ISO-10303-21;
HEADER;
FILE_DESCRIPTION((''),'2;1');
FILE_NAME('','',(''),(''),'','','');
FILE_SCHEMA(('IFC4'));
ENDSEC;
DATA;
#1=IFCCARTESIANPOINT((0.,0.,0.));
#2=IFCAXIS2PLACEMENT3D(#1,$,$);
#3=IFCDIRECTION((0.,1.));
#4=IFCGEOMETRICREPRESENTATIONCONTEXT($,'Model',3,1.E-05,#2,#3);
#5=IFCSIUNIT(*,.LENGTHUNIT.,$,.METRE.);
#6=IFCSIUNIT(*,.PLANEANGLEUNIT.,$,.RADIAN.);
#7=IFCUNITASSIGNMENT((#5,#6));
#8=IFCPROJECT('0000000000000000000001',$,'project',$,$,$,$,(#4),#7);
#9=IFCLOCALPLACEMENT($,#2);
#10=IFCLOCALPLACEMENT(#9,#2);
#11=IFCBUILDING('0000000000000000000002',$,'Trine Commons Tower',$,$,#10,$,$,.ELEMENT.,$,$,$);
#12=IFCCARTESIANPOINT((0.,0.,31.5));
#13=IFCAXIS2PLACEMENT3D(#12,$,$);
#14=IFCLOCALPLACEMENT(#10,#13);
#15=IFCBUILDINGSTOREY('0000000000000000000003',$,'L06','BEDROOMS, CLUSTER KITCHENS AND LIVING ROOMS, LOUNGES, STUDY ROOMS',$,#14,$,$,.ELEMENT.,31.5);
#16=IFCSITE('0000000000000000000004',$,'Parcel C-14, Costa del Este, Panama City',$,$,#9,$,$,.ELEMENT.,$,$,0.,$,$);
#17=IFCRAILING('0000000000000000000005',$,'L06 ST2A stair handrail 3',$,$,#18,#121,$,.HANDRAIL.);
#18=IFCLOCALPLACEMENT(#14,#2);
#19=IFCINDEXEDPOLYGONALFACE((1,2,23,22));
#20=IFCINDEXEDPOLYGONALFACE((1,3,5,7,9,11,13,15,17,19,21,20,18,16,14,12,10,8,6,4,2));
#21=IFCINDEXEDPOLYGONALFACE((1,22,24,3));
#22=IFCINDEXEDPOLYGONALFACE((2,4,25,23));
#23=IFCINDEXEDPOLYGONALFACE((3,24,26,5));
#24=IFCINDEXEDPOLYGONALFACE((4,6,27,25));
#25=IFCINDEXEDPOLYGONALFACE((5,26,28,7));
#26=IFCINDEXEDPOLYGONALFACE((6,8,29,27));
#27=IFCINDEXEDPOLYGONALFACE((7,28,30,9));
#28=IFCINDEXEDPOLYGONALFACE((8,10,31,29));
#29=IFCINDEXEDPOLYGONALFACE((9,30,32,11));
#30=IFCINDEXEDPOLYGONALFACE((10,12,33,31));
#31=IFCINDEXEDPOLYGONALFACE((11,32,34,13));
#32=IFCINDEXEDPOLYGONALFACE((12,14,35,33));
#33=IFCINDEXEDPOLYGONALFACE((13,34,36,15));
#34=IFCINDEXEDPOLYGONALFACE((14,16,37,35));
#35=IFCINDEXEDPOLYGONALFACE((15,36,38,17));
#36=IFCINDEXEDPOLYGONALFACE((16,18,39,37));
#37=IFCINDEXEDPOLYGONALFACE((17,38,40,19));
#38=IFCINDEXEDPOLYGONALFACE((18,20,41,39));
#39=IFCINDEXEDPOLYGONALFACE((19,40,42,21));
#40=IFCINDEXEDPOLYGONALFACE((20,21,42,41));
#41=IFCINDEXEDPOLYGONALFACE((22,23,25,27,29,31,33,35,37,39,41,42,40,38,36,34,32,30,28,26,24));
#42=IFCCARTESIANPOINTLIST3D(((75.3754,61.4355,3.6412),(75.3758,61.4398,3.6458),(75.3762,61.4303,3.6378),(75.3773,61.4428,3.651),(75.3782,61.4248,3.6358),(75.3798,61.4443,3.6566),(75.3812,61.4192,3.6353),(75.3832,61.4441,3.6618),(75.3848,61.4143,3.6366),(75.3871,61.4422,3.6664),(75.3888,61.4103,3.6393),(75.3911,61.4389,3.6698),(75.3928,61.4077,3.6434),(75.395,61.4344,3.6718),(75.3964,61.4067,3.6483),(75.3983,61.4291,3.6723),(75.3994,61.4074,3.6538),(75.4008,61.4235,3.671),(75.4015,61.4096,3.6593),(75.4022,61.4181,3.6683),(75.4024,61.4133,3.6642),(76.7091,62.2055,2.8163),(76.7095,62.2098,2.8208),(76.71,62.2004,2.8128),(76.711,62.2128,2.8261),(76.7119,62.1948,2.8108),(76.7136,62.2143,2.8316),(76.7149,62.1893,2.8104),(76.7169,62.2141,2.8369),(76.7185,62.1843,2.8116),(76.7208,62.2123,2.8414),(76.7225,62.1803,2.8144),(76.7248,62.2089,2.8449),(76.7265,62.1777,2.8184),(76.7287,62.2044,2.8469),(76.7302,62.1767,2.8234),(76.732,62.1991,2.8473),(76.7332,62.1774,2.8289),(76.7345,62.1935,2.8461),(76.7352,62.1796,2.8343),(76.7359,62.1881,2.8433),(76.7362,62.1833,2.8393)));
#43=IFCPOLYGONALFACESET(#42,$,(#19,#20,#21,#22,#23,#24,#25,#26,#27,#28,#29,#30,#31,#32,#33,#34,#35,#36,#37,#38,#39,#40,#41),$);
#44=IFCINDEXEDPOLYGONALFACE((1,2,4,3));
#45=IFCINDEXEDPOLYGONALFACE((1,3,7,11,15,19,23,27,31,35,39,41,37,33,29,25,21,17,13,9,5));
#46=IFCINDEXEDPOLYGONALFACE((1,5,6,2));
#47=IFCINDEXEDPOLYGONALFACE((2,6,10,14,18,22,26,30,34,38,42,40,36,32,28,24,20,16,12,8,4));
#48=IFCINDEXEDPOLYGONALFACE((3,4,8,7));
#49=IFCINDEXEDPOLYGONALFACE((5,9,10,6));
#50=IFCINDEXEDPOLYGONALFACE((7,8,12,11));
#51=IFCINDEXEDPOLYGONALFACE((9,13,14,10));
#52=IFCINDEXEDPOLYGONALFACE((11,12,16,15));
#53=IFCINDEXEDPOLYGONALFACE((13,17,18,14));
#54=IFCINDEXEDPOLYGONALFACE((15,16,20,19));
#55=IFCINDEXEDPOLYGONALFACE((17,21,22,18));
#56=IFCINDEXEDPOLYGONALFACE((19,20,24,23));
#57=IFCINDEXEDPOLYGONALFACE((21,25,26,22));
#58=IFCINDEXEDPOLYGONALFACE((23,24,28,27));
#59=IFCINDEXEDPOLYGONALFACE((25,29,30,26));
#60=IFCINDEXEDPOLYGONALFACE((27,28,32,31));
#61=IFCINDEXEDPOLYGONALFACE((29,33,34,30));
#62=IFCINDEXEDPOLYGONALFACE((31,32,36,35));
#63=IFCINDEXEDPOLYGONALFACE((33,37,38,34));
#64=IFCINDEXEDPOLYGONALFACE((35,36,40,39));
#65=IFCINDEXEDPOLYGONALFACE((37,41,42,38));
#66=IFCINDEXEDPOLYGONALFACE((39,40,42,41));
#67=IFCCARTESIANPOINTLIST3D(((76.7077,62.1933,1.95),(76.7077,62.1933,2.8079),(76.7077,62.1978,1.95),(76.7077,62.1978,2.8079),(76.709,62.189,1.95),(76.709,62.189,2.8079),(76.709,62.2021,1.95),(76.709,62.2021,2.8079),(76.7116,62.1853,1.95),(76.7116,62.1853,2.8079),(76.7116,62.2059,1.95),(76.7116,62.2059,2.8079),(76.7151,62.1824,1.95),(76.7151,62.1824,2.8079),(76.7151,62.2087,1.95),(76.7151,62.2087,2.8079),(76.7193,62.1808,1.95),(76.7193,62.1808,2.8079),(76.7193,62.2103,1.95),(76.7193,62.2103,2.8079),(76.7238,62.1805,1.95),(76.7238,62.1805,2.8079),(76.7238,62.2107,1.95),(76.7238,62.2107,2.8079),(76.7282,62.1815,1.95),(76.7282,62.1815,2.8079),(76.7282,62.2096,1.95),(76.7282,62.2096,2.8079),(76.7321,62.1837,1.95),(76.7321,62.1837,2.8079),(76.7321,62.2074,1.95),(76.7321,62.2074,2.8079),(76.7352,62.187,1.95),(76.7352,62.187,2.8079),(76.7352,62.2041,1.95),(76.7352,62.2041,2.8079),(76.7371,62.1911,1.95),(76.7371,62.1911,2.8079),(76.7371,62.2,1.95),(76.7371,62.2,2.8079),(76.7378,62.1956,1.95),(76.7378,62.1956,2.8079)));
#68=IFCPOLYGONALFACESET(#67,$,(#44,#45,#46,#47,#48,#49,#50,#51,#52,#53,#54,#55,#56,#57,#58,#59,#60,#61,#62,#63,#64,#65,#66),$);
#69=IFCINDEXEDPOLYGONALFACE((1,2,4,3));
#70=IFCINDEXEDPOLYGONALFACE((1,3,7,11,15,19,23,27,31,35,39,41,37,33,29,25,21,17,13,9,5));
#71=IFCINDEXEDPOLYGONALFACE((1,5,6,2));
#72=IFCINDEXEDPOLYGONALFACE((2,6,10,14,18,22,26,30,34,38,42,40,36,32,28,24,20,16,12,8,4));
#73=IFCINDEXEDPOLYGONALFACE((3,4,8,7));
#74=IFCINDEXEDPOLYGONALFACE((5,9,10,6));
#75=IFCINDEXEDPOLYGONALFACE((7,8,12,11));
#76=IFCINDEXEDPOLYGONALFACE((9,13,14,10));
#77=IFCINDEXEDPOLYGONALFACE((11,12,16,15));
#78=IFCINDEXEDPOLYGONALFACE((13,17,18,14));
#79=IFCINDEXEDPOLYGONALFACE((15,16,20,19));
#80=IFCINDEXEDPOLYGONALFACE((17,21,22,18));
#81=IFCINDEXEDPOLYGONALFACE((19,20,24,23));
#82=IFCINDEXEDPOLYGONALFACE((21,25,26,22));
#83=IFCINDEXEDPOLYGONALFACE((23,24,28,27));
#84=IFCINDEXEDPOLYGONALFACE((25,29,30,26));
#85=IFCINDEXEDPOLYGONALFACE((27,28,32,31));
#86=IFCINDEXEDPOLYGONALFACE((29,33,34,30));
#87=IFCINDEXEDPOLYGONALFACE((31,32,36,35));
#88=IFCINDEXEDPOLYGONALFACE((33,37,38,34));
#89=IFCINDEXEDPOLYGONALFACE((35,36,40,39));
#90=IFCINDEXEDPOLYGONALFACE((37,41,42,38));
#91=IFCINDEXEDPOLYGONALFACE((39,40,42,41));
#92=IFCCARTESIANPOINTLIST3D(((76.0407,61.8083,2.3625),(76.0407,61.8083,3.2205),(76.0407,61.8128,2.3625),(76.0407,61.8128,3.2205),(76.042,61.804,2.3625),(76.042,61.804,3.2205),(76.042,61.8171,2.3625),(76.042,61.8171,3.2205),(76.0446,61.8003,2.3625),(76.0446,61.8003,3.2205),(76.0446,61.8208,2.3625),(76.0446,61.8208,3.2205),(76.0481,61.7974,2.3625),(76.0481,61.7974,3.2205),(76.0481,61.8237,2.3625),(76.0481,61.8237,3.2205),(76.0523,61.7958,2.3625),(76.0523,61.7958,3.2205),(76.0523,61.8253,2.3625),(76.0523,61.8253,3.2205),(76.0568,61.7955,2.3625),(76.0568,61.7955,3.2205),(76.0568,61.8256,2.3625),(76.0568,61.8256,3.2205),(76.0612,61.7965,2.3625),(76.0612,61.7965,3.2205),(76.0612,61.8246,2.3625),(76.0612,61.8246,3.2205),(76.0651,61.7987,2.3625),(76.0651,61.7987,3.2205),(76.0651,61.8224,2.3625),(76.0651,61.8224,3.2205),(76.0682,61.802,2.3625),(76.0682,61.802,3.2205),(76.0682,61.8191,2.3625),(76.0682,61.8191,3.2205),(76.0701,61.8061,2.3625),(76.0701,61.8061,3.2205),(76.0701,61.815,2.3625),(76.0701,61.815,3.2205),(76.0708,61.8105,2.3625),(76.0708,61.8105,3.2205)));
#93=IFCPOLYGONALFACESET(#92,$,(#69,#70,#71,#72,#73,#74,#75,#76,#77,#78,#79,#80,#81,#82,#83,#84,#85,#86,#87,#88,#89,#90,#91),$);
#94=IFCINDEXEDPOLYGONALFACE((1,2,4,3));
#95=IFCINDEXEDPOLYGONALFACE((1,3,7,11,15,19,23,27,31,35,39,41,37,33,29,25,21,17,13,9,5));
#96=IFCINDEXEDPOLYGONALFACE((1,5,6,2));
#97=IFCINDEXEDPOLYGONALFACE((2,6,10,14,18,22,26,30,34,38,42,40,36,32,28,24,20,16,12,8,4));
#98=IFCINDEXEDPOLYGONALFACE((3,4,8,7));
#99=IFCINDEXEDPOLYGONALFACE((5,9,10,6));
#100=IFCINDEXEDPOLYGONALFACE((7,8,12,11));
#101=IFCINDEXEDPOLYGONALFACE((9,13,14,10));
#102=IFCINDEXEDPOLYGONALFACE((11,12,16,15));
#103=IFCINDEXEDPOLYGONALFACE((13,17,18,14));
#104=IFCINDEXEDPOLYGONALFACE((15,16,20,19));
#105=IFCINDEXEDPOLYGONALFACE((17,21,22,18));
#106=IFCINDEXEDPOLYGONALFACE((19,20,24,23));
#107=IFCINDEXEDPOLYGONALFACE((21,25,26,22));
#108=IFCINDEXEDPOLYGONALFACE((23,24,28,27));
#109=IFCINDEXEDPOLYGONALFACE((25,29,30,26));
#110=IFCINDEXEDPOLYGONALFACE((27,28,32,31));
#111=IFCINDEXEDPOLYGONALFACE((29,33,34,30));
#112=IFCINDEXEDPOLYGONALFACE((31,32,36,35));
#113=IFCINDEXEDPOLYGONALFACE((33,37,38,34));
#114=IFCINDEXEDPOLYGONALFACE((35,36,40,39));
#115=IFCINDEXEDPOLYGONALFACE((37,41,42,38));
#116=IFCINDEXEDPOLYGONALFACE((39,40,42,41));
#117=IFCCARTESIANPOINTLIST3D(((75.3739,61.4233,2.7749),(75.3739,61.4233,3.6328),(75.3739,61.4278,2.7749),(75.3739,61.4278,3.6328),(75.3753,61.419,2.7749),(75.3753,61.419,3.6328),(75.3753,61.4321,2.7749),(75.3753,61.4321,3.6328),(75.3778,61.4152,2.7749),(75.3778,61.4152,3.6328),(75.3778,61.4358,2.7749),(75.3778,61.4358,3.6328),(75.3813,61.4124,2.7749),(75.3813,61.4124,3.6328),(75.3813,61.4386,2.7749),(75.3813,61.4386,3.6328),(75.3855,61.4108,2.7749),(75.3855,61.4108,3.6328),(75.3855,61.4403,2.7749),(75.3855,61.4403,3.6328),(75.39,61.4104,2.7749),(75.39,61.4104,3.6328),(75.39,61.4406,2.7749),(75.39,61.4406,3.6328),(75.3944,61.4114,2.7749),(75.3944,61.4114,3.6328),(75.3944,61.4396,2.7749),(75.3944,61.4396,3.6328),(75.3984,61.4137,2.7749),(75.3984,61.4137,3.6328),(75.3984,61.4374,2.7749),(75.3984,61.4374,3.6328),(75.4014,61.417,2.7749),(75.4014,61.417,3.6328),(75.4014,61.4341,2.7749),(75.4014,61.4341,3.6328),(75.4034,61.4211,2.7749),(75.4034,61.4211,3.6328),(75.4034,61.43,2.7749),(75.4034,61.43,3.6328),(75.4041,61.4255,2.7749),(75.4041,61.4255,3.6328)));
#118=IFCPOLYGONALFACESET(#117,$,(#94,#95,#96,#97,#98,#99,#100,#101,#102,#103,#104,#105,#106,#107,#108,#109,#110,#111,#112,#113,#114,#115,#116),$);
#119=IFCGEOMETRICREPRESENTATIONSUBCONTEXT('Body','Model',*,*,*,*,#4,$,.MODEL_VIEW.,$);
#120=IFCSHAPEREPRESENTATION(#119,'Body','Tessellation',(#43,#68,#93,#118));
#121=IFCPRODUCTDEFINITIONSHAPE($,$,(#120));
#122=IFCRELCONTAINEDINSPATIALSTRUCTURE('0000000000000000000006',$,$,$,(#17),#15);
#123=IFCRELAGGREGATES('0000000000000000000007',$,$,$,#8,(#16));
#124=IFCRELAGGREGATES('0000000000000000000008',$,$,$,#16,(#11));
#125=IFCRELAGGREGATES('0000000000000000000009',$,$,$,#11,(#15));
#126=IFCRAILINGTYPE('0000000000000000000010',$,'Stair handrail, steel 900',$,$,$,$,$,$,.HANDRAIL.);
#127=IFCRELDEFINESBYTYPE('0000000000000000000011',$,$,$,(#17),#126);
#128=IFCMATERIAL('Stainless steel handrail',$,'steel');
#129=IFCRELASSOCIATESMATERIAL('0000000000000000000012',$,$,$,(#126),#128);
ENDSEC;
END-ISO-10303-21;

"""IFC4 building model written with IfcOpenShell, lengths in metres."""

from ifc_helpers import new_model, si_unit, direction, frame, origin, origin_2d, place, context, subcontext, project, spatial, circle, extrude, material, type_object, element, save


model = new_model("IFC4")

# Units and contexts
model_context = context("Model", 3, precision=1e-05, world=origin(), true_north=direction((0.0, 1.0)))
body_context = subcontext(model_context, "Body", "Model", "MODEL_VIEW")
ifc_project = project(units=[si_unit("LENGTHUNIT", "METRE"), si_unit("PLANEANGLEUNIT", "RADIAN")], contexts=[model_context])

# Site, building, storey
site_placement = place(None, origin())
site = spatial("IfcSite", under=ifc_project, at=site_placement, Name="Parcel C-14, Costa del Este, Panama City", CompositionType="ELEMENT", RefElevation=0.0)
building_placement = place(site_placement, origin())
building = spatial("IfcBuilding", under=site, at=building_placement, Name="Trine Commons Tower", CompositionType="ELEMENT")
storey_placement = place(building_placement, frame((0.0, 0.0, 31.5)))
storey = spatial("IfcBuildingStorey", under=building, at=storey_placement, Name="L06", Description="BEDROOMS, CLUSTER KITCHENS AND LIVING ROOMS, LOUNGES, STUDY ROOMS", CompositionType="ELEMENT", Elevation=31.5)

# Railing
ifc_material_1 = material(Name="Stainless steel handrail", Category="steel")
railing_type_1 = type_object("IfcRailingType", Name="Stair handrail, steel 900", PredefinedType="HANDRAIL", material=ifc_material_1)
railing_1_placement = place(storey_placement, frame((76.7227, 62.1956, 1.95)))
element("IfcRailing", 1, at=railing_1_placement, inside=storey, type_object=railing_type_1, Name="L06 ST2A stair handrail 3", PredefinedType="HANDRAIL", context=body_context, shape_type="SweptSolid", body=[
    extrude(circle(Radius=0.021, at=origin_2d()), frame((0.0, 0.0, 0.8789), z_axis=(-0.763405, -0.440743, 0.472185), x_axis=(0.499992, -0.86603, 0.0)), (0.0, 0.0, 1.0), 1.7471),
    extrude(circle(Radius=0.0151, at=origin_2d()), origin(), (0.0, 0.0, 1.0), 0.8579),
    extrude(circle(Radius=0.0151, at=origin_2d()), frame((-0.667, -0.385, 0.4126)), (0.0, 0.0, 1.0), 0.8579),
    extrude(circle(Radius=0.0151, at=origin_2d()), frame((-1.3337, -0.77, 0.825)), (0.0, 0.0, 1.0), 0.8579),
])

save(model, "model.ifc")
